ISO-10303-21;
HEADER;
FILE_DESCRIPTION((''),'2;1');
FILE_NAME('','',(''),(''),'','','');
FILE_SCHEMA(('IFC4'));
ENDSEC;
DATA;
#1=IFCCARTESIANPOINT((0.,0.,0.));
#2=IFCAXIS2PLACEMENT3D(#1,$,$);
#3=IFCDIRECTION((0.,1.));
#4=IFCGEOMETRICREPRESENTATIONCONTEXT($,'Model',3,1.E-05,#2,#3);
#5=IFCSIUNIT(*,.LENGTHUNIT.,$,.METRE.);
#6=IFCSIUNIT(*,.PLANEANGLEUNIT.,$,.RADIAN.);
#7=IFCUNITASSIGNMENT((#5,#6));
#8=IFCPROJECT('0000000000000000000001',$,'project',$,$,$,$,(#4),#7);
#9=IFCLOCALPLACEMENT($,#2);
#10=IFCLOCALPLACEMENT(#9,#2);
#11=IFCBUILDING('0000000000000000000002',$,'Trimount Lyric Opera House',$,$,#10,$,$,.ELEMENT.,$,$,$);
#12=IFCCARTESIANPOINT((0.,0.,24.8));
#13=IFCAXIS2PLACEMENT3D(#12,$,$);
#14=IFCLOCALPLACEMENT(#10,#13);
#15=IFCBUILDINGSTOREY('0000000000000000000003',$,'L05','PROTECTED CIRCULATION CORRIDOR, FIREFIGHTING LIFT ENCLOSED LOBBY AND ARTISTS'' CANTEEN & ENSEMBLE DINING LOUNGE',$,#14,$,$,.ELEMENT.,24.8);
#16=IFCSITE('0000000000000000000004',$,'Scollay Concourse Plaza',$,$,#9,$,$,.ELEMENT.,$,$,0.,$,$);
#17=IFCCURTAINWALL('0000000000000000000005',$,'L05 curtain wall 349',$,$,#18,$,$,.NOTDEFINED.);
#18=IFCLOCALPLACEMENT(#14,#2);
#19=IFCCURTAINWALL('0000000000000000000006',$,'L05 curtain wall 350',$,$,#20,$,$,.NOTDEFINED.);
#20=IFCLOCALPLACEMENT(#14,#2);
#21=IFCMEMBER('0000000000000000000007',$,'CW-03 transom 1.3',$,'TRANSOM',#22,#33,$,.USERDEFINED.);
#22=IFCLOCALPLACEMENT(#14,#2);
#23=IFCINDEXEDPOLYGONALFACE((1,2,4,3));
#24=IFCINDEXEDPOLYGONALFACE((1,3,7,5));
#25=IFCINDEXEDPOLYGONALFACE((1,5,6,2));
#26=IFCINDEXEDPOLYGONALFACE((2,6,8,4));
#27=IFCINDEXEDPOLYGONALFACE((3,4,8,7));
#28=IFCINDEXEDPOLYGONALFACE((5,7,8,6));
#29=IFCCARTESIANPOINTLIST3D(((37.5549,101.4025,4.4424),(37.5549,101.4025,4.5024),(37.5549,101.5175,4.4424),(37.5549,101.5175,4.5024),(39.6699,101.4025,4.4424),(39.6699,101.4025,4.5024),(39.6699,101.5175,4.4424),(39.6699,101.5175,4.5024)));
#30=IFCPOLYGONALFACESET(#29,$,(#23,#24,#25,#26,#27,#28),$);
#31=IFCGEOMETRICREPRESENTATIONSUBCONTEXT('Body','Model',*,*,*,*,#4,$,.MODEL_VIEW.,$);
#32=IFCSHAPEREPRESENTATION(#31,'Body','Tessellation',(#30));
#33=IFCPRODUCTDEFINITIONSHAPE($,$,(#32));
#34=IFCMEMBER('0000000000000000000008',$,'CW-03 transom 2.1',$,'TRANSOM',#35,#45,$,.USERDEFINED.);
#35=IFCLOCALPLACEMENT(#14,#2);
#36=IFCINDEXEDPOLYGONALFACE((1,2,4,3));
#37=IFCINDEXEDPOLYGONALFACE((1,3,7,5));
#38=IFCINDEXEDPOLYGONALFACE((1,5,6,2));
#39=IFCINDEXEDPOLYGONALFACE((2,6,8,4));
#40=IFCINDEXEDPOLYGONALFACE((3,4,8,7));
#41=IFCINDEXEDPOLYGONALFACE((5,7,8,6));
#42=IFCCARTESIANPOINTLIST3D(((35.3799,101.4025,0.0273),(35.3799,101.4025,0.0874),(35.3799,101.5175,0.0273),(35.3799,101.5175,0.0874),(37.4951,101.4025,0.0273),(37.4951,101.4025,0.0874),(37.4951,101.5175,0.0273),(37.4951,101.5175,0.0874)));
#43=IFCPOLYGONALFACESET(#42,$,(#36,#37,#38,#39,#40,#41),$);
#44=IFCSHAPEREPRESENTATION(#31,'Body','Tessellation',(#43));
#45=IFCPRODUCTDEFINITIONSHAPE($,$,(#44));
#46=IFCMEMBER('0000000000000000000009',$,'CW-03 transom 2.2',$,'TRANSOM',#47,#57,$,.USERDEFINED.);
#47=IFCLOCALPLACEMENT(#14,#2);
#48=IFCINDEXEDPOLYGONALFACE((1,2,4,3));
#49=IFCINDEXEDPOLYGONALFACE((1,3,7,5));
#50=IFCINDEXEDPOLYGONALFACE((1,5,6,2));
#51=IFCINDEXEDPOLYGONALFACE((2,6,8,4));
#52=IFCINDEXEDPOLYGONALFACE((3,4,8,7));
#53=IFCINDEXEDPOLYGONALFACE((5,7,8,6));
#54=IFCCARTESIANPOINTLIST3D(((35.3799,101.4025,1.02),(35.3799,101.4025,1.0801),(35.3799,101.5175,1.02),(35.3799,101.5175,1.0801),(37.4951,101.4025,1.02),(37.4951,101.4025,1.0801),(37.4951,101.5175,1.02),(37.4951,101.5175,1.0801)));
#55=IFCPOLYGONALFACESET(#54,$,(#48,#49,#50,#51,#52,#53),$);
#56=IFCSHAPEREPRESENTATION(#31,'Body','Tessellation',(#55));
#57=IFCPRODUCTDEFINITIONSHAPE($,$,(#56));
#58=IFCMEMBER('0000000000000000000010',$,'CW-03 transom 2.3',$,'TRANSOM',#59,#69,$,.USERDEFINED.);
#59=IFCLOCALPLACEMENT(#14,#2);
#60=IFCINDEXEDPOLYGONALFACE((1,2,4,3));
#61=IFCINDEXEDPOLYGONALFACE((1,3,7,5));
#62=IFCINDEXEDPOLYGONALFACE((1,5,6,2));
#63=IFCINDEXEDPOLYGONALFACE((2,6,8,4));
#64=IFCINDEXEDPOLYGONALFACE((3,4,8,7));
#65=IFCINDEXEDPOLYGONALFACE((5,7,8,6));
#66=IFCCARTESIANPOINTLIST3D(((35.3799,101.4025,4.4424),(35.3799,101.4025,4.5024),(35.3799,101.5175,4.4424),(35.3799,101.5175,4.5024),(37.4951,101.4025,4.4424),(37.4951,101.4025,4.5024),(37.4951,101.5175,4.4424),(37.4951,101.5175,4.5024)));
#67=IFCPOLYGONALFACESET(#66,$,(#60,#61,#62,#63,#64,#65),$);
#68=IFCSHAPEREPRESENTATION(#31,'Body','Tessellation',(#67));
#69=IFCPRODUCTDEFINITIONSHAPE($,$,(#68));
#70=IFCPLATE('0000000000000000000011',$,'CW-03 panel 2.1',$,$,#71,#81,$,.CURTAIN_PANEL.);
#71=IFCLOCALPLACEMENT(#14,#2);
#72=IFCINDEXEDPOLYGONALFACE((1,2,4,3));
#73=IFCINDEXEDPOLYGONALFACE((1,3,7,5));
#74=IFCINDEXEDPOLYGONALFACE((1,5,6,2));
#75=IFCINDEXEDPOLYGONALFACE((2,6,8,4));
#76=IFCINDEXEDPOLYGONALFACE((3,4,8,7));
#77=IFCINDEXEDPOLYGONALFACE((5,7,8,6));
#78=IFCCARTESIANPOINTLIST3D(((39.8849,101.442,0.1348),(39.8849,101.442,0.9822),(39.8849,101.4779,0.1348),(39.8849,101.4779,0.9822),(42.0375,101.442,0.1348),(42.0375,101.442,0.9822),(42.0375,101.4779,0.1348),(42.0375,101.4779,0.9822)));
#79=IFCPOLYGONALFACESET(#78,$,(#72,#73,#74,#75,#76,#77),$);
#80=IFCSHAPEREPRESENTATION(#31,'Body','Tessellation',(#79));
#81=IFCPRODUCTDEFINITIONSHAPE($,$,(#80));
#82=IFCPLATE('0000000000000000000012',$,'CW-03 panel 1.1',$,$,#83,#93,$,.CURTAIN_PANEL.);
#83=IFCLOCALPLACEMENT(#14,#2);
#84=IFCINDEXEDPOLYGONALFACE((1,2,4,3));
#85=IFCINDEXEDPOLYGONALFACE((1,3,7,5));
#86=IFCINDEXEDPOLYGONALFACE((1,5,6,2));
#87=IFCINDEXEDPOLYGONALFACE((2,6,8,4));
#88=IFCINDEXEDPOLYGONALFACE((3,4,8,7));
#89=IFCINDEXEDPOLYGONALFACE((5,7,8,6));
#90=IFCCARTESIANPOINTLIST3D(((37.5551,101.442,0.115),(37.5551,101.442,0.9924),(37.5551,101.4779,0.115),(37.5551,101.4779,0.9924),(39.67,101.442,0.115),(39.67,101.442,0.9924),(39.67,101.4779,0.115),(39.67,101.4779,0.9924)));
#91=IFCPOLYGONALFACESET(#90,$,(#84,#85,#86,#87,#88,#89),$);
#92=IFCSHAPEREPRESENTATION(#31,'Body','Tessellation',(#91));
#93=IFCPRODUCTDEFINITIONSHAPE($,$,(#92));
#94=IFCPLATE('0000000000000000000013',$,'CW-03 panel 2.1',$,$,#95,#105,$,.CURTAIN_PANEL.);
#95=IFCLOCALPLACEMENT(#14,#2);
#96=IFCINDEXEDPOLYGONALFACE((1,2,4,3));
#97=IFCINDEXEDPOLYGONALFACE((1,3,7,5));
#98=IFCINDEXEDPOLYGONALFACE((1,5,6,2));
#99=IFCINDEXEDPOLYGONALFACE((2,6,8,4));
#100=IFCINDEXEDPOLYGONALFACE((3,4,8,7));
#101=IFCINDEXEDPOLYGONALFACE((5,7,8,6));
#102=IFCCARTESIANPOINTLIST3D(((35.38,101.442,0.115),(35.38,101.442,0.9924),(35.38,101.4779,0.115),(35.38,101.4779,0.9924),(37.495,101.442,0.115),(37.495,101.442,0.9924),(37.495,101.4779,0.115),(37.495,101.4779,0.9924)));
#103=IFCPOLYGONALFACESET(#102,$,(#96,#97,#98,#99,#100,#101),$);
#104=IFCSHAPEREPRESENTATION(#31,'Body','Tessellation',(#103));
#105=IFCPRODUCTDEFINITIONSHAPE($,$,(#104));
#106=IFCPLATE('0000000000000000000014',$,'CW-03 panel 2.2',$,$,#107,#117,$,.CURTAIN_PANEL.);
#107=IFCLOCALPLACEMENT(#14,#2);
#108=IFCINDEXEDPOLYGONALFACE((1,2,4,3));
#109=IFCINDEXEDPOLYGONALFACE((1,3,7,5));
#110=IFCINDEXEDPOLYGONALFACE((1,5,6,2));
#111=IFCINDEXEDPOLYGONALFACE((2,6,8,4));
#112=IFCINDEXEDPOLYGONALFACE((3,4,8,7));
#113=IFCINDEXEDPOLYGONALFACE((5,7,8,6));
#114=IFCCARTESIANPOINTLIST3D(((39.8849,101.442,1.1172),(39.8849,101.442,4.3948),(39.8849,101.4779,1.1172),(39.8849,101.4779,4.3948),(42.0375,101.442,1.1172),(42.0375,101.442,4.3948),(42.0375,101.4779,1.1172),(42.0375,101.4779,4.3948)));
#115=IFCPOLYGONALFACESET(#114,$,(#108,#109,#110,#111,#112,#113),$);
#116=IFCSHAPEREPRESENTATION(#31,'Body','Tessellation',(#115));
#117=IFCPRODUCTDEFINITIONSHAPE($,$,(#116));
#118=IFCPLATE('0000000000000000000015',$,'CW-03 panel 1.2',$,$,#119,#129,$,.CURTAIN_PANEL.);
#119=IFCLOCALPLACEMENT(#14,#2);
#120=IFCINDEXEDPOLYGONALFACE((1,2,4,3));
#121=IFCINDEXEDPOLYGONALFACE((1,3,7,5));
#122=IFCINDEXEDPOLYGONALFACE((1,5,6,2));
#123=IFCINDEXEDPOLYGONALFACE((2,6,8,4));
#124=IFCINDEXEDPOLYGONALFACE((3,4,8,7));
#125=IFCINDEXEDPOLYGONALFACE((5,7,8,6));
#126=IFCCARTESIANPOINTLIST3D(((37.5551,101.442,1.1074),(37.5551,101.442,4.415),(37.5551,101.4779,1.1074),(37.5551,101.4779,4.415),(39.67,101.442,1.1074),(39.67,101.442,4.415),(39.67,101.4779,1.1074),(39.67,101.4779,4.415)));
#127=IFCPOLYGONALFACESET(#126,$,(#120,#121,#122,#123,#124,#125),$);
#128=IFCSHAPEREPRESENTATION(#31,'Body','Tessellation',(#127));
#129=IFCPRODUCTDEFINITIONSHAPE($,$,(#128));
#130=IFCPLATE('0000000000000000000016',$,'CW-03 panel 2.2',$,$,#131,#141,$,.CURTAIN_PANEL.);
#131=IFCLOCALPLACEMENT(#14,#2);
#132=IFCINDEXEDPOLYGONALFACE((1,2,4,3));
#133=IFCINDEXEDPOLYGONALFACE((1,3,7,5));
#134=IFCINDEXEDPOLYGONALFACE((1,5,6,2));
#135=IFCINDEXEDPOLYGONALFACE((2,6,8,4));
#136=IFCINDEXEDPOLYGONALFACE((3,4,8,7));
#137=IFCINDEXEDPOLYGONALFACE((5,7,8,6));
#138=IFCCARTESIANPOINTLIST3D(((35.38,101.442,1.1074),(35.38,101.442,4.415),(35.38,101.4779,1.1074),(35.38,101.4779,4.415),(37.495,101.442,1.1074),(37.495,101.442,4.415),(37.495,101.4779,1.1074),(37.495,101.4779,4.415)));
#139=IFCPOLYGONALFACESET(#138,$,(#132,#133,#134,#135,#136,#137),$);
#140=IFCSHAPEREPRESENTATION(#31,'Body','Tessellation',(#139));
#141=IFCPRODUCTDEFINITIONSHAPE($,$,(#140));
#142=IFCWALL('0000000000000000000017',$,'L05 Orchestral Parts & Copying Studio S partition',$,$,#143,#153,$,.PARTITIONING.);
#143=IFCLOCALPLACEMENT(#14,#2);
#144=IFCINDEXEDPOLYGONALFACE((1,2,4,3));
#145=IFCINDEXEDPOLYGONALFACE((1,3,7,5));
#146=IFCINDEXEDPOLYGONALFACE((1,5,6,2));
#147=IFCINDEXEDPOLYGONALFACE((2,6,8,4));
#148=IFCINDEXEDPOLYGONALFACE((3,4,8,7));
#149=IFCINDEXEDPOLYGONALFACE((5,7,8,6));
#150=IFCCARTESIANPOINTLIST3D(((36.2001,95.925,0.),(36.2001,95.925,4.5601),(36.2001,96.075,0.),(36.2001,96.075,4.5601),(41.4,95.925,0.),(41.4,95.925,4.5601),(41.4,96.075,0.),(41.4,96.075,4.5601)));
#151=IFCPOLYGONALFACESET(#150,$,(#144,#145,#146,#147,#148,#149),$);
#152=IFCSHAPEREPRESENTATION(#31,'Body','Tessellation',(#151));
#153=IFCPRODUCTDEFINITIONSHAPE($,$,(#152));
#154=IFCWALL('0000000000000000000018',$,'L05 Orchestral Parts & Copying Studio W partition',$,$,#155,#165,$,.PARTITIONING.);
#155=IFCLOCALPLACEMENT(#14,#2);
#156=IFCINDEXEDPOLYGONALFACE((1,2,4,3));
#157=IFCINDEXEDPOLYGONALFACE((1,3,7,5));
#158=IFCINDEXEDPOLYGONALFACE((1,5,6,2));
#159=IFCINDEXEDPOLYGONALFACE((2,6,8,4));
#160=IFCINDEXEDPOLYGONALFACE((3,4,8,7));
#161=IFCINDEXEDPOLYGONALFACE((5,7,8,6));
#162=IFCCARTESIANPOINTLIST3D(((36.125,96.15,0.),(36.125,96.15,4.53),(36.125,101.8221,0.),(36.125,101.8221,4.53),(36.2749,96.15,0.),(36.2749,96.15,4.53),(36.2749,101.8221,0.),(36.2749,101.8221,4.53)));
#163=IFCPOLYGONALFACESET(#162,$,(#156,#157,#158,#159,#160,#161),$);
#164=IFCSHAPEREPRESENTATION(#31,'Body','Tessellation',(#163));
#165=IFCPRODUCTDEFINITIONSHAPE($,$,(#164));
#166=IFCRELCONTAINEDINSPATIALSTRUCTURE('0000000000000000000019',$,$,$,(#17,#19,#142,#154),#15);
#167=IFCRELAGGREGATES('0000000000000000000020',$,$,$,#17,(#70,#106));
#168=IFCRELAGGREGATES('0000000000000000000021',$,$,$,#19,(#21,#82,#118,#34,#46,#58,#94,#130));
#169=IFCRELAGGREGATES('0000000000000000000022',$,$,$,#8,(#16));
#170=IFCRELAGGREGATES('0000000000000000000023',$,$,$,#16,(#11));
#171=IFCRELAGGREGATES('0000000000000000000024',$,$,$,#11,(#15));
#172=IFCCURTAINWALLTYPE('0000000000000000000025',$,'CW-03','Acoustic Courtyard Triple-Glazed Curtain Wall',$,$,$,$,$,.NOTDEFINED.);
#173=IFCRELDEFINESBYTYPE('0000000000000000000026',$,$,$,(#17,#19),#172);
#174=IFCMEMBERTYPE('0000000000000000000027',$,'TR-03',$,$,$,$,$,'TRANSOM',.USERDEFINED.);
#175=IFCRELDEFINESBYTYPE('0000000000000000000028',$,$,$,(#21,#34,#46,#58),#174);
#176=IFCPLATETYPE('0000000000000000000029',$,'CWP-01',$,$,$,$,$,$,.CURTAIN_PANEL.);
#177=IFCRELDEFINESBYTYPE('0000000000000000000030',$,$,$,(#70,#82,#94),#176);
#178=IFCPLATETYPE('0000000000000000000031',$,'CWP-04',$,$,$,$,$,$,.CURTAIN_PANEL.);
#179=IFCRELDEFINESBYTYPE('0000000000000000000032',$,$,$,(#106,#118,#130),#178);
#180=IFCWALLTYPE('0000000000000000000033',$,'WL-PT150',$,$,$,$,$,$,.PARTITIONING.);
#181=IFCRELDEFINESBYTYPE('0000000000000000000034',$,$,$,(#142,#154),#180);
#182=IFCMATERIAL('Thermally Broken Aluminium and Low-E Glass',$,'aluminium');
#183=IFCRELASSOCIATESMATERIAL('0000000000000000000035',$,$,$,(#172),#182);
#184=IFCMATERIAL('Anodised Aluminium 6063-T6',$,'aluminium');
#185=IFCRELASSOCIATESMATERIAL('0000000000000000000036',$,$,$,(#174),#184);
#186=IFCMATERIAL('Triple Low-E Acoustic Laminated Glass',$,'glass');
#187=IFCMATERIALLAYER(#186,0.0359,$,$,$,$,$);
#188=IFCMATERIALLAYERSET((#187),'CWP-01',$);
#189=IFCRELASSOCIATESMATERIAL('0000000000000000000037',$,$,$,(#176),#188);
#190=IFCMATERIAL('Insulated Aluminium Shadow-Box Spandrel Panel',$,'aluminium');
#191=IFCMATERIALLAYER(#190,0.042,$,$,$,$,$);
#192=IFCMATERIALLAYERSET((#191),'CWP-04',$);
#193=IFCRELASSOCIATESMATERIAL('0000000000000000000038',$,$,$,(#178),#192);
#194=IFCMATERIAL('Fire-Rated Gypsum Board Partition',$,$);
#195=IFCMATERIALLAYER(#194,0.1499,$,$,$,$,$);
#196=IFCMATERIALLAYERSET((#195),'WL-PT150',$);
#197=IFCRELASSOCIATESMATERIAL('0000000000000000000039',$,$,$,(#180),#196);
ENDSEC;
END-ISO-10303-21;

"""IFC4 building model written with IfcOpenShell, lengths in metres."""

from ifc_helpers import new_model, si_unit, direction, frame, frame_2d, origin, origin_2d, place, context, subcontext, project, spatial, rectangle, extrude, material, layer, layer_set, material_profile, profile_set, type_object, element, aggregate, save


model = new_model("IFC4")

# Units and contexts
model_context = context("Model", 3, precision=1e-05, world=origin(), true_north=direction((0.0, 1.0)))
body_context = subcontext(model_context, "Body", "Model", "MODEL_VIEW")
ifc_project = project(units=[si_unit("LENGTHUNIT", "METRE"), si_unit("PLANEANGLEUNIT", "RADIAN")], contexts=[model_context])

# Site, building, storey
site_placement = place(None, origin())
site = spatial("IfcSite", under=ifc_project, at=site_placement, Name="Scollay Concourse Plaza", CompositionType="ELEMENT", RefElevation=0.0)
building_placement = place(site_placement, origin())
building = spatial("IfcBuilding", under=site, at=building_placement, Name="Trimount Lyric Opera House", CompositionType="ELEMENT")
storey_placement = place(building_placement, frame((0.0, 0.0, 24.8)))
storey = spatial("IfcBuildingStorey", under=building, at=storey_placement, Name="L05", Description="PROTECTED CIRCULATION CORRIDOR, FIREFIGHTING LIFT ENCLOSED LOBBY AND ARTISTS' CANTEEN & ENSEMBLE DINING LOUNGE", CompositionType="ELEMENT", Elevation=24.8)

# Curtain wall
ifc_material_1 = material(Name="Thermally Broken Aluminium and Low-E Glass", Category="aluminium")
curtain_wall_type = type_object("IfcCurtainWallType", Name="CW-03", Description="Acoustic Courtyard Triple-Glazed Curtain Wall", PredefinedType="NOTDEFINED", material=ifc_material_1)
curtain_wall_1_placement = place(storey_placement, origin())
curtain_wall_1 = element("IfcCurtainWall", 1, at=curtain_wall_1_placement, inside=storey, type_object=curtain_wall_type, Name="L05 curtain wall 349", PredefinedType="NOTDEFINED")

# Curtain wall
curtain_wall_2_placement = place(storey_placement, origin())
curtain_wall_2 = element("IfcCurtainWall", 2, at=curtain_wall_2_placement, inside=storey, type_object=curtain_wall_type, Name="L05 curtain wall 350", PredefinedType="NOTDEFINED")

# Members
ifc_material_2 = material(Name="Anodised Aluminium 6063-T6", Category="aluminium")
ifc_material_profile_1 = material_profile(ifc_material_2, rectangle(XDim=0.115, YDim=0.0601, at=origin_2d()), Name="ALU-TRAN-60X115")
ifc_profile_set_1 = profile_set([ifc_material_profile_1], Name="Anodised Aluminium 6063-T6")
member_type_1 = type_object("IfcMemberType", Name="TR-03", ElementType="TRANSOM", PredefinedType="USERDEFINED", material=ifc_profile_set_1)
member_1_placement = place(storey_placement, frame((39.6699, 101.46, 4.4724), z_axis=(-1.0, 0.0, 0.0), x_axis=(0.0, -1.0, 0.0)))
member_1 = element("IfcMember", 3, at=member_1_placement, type_object=member_type_1, Name="CW-03 transom 1.3", ObjectType="TRANSOM", PredefinedType="USERDEFINED", context=body_context, shape_type="SweptSolid", body=[
    extrude(rectangle(XDim=0.115, YDim=0.0601, at=origin_2d()), origin(), (0.0, 0.0, 1.0), 2.115),
])
member_2_placement = place(storey_placement, frame((37.4951, 101.46, 0.0574), z_axis=(-1.0, 0.0, 0.0), x_axis=(0.0, -1.0, 0.0)))
member_2 = element("IfcMember", 4, at=member_2_placement, type_object=member_type_1, Name="CW-03 transom 2.1", ObjectType="TRANSOM", PredefinedType="USERDEFINED", context=body_context, shape_type="SweptSolid", body=[
    extrude(rectangle(XDim=0.115, YDim=0.0601, at=origin_2d()), origin(), (0.0, 0.0, 1.0), 2.1152),
])
member_3_placement = place(storey_placement, frame((37.4951, 101.46, 1.05), z_axis=(-1.0, 0.0, 0.0), x_axis=(0.0, -1.0, 0.0)))
member_3 = element("IfcMember", 5, at=member_3_placement, type_object=member_type_1, Name="CW-03 transom 2.2", ObjectType="TRANSOM", PredefinedType="USERDEFINED", context=body_context, shape_type="SweptSolid", body=[
    extrude(rectangle(XDim=0.115, YDim=0.0601, at=origin_2d()), origin(), (0.0, 0.0, 1.0), 2.1152),
])
member_4_placement = place(storey_placement, frame((37.4951, 101.46, 4.4724), z_axis=(-1.0, 0.0, 0.0), x_axis=(0.0, -1.0, 0.0)))
member_4 = element("IfcMember", 6, at=member_4_placement, type_object=member_type_1, Name="CW-03 transom 2.3", ObjectType="TRANSOM", PredefinedType="USERDEFINED", context=body_context, shape_type="SweptSolid", body=[
    extrude(rectangle(XDim=0.115, YDim=0.0601, at=origin_2d()), origin(), (0.0, 0.0, 1.0), 2.1152),
])

# Plates
ifc_material_3 = material(Name="Triple Low-E Acoustic Laminated Glass", Category="glass")
ifc_layer_1 = layer(ifc_material_3, 0.0359)
ifc_layer_set_1 = layer_set([ifc_layer_1], Name="CWP-01")
plate_type_1 = type_object("IfcPlateType", Name="CWP-01", PredefinedType="CURTAIN_PANEL", material=ifc_layer_set_1)
plate_1_placement = place(storey_placement, frame((40.9612, 101.46, 0.1348), z_axis=(0.0, 0.0, 1.0), x_axis=(-1.0, 0.0, 0.0)))
plate_1 = element("IfcPlate", 7, at=plate_1_placement, type_object=plate_type_1, Name="CW-03 panel 2.1", PredefinedType="CURTAIN_PANEL", context=body_context, shape_type="SweptSolid", body=[
    extrude(rectangle(XDim=2.1526, YDim=0.0359, at=origin_2d()), origin(), (0.0, 0.0, 1.0), 0.8474),
])
plate_2_placement = place(storey_placement, frame((38.6125, 101.46, 0.115), z_axis=(0.0, 0.0, 1.0), x_axis=(-1.0, 0.0, 0.0)))
plate_2 = element("IfcPlate", 8, at=plate_2_placement, type_object=plate_type_1, Name="CW-03 panel 1.1", PredefinedType="CURTAIN_PANEL", context=body_context, shape_type="SweptSolid", body=[
    extrude(rectangle(XDim=2.115, YDim=0.0359, at=origin_2d()), origin(), (0.0, 0.0, 1.0), 0.8774),
])
plate_3_placement = place(storey_placement, frame((36.4375, 101.46, 0.115), z_axis=(0.0, 0.0, 1.0), x_axis=(-1.0, 0.0, 0.0)))
plate_3 = element("IfcPlate", 9, at=plate_3_placement, type_object=plate_type_1, Name="CW-03 panel 2.1", PredefinedType="CURTAIN_PANEL", context=body_context, shape_type="SweptSolid", body=[
    extrude(rectangle(XDim=2.115, YDim=0.0359, at=origin_2d()), origin(), (0.0, 0.0, 1.0), 0.8774),
])
ifc_material_4 = material(Name="Insulated Aluminium Shadow-Box Spandrel Panel", Category="aluminium")
ifc_layer_2 = layer(ifc_material_4, 0.042)
ifc_layer_set_2 = layer_set([ifc_layer_2], Name="CWP-04")
plate_type_2 = type_object("IfcPlateType", Name="CWP-04", PredefinedType="CURTAIN_PANEL", material=ifc_layer_set_2)
plate_4_placement = place(storey_placement, frame((40.9612, 101.46, 1.1172), z_axis=(0.0, 0.0, 1.0), x_axis=(-1.0, 0.0, 0.0)))
plate_4 = element("IfcPlate", 10, at=plate_4_placement, type_object=plate_type_2, Name="CW-03 panel 2.2", PredefinedType="CURTAIN_PANEL", context=body_context, shape_type="SweptSolid", body=[
    extrude(rectangle(XDim=2.1526, YDim=0.0359, at=origin_2d()), origin(), (0.0, 0.0, 1.0), 3.2776),
])
aggregate(curtain_wall_1, [plate_1, plate_4])
plate_5_placement = place(storey_placement, frame((38.6125, 101.46, 1.1074), z_axis=(0.0, 0.0, 1.0), x_axis=(-1.0, 0.0, 0.0)))
plate_5 = element("IfcPlate", 11, at=plate_5_placement, type_object=plate_type_2, Name="CW-03 panel 1.2", PredefinedType="CURTAIN_PANEL", context=body_context, shape_type="SweptSolid", body=[
    extrude(rectangle(XDim=2.115, YDim=0.0359, at=origin_2d()), origin(), (0.0, 0.0, 1.0), 3.3076),
])
plate_6_placement = place(storey_placement, frame((36.4375, 101.46, 1.1074), z_axis=(0.0, 0.0, 1.0), x_axis=(-1.0, 0.0, 0.0)))
plate_6 = element("IfcPlate", 12, at=plate_6_placement, type_object=plate_type_2, Name="CW-03 panel 2.2", PredefinedType="CURTAIN_PANEL", context=body_context, shape_type="SweptSolid", body=[
    extrude(rectangle(XDim=2.115, YDim=0.0359, at=origin_2d()), origin(), (0.0, 0.0, 1.0), 3.3076),
])
aggregate(curtain_wall_2, [member_1, plate_2, plate_5, member_2, member_3, member_4, plate_3, plate_6])

# Walls
ifc_material_5 = material(Name="Fire-Rated Gypsum Board Partition")
ifc_layer_3 = layer(ifc_material_5, 0.1499)
ifc_layer_set_3 = layer_set([ifc_layer_3], Name="WL-PT150")
wall_type_1 = type_object("IfcWallType", Name="WL-PT150", PredefinedType="PARTITIONING", material=ifc_layer_set_3)
wall_1_placement = place(storey_placement, frame((36.2, 96.0, 0.0), z_axis=(0.0, 0.0, 1.0), x_axis=(1.0, 0.0, 0.0)))
element("IfcWall", 13, at=wall_1_placement, inside=storey, type_object=wall_type_1, Name="L05 Orchestral Parts & Copying Studio S partition", PredefinedType="PARTITIONING", context=body_context, shape_type="SweptSolid", body=[
    extrude(rectangle(XDim=5.2, YDim=0.1499, at=frame_2d((2.6001, 0.0))), origin(), (0.0, 0.0, 1.0), 4.5601),
])
wall_2_placement = place(storey_placement, frame((36.2, 101.822, 0.0), z_axis=(0.0, 0.0, 1.0), x_axis=(0.0, -1.0, 0.0)))
element("IfcWall", 14, at=wall_2_placement, inside=storey, type_object=wall_type_1, Name="L05 Orchestral Parts & Copying Studio W partition", PredefinedType="PARTITIONING", context=body_context, shape_type="SweptSolid", body=[
    extrude(rectangle(XDim=5.6721, YDim=0.1499, at=frame_2d((2.8359, 0.0))), origin(), (0.0, 0.0, 1.0), 4.53),
])

save(model, "model.ifc")
